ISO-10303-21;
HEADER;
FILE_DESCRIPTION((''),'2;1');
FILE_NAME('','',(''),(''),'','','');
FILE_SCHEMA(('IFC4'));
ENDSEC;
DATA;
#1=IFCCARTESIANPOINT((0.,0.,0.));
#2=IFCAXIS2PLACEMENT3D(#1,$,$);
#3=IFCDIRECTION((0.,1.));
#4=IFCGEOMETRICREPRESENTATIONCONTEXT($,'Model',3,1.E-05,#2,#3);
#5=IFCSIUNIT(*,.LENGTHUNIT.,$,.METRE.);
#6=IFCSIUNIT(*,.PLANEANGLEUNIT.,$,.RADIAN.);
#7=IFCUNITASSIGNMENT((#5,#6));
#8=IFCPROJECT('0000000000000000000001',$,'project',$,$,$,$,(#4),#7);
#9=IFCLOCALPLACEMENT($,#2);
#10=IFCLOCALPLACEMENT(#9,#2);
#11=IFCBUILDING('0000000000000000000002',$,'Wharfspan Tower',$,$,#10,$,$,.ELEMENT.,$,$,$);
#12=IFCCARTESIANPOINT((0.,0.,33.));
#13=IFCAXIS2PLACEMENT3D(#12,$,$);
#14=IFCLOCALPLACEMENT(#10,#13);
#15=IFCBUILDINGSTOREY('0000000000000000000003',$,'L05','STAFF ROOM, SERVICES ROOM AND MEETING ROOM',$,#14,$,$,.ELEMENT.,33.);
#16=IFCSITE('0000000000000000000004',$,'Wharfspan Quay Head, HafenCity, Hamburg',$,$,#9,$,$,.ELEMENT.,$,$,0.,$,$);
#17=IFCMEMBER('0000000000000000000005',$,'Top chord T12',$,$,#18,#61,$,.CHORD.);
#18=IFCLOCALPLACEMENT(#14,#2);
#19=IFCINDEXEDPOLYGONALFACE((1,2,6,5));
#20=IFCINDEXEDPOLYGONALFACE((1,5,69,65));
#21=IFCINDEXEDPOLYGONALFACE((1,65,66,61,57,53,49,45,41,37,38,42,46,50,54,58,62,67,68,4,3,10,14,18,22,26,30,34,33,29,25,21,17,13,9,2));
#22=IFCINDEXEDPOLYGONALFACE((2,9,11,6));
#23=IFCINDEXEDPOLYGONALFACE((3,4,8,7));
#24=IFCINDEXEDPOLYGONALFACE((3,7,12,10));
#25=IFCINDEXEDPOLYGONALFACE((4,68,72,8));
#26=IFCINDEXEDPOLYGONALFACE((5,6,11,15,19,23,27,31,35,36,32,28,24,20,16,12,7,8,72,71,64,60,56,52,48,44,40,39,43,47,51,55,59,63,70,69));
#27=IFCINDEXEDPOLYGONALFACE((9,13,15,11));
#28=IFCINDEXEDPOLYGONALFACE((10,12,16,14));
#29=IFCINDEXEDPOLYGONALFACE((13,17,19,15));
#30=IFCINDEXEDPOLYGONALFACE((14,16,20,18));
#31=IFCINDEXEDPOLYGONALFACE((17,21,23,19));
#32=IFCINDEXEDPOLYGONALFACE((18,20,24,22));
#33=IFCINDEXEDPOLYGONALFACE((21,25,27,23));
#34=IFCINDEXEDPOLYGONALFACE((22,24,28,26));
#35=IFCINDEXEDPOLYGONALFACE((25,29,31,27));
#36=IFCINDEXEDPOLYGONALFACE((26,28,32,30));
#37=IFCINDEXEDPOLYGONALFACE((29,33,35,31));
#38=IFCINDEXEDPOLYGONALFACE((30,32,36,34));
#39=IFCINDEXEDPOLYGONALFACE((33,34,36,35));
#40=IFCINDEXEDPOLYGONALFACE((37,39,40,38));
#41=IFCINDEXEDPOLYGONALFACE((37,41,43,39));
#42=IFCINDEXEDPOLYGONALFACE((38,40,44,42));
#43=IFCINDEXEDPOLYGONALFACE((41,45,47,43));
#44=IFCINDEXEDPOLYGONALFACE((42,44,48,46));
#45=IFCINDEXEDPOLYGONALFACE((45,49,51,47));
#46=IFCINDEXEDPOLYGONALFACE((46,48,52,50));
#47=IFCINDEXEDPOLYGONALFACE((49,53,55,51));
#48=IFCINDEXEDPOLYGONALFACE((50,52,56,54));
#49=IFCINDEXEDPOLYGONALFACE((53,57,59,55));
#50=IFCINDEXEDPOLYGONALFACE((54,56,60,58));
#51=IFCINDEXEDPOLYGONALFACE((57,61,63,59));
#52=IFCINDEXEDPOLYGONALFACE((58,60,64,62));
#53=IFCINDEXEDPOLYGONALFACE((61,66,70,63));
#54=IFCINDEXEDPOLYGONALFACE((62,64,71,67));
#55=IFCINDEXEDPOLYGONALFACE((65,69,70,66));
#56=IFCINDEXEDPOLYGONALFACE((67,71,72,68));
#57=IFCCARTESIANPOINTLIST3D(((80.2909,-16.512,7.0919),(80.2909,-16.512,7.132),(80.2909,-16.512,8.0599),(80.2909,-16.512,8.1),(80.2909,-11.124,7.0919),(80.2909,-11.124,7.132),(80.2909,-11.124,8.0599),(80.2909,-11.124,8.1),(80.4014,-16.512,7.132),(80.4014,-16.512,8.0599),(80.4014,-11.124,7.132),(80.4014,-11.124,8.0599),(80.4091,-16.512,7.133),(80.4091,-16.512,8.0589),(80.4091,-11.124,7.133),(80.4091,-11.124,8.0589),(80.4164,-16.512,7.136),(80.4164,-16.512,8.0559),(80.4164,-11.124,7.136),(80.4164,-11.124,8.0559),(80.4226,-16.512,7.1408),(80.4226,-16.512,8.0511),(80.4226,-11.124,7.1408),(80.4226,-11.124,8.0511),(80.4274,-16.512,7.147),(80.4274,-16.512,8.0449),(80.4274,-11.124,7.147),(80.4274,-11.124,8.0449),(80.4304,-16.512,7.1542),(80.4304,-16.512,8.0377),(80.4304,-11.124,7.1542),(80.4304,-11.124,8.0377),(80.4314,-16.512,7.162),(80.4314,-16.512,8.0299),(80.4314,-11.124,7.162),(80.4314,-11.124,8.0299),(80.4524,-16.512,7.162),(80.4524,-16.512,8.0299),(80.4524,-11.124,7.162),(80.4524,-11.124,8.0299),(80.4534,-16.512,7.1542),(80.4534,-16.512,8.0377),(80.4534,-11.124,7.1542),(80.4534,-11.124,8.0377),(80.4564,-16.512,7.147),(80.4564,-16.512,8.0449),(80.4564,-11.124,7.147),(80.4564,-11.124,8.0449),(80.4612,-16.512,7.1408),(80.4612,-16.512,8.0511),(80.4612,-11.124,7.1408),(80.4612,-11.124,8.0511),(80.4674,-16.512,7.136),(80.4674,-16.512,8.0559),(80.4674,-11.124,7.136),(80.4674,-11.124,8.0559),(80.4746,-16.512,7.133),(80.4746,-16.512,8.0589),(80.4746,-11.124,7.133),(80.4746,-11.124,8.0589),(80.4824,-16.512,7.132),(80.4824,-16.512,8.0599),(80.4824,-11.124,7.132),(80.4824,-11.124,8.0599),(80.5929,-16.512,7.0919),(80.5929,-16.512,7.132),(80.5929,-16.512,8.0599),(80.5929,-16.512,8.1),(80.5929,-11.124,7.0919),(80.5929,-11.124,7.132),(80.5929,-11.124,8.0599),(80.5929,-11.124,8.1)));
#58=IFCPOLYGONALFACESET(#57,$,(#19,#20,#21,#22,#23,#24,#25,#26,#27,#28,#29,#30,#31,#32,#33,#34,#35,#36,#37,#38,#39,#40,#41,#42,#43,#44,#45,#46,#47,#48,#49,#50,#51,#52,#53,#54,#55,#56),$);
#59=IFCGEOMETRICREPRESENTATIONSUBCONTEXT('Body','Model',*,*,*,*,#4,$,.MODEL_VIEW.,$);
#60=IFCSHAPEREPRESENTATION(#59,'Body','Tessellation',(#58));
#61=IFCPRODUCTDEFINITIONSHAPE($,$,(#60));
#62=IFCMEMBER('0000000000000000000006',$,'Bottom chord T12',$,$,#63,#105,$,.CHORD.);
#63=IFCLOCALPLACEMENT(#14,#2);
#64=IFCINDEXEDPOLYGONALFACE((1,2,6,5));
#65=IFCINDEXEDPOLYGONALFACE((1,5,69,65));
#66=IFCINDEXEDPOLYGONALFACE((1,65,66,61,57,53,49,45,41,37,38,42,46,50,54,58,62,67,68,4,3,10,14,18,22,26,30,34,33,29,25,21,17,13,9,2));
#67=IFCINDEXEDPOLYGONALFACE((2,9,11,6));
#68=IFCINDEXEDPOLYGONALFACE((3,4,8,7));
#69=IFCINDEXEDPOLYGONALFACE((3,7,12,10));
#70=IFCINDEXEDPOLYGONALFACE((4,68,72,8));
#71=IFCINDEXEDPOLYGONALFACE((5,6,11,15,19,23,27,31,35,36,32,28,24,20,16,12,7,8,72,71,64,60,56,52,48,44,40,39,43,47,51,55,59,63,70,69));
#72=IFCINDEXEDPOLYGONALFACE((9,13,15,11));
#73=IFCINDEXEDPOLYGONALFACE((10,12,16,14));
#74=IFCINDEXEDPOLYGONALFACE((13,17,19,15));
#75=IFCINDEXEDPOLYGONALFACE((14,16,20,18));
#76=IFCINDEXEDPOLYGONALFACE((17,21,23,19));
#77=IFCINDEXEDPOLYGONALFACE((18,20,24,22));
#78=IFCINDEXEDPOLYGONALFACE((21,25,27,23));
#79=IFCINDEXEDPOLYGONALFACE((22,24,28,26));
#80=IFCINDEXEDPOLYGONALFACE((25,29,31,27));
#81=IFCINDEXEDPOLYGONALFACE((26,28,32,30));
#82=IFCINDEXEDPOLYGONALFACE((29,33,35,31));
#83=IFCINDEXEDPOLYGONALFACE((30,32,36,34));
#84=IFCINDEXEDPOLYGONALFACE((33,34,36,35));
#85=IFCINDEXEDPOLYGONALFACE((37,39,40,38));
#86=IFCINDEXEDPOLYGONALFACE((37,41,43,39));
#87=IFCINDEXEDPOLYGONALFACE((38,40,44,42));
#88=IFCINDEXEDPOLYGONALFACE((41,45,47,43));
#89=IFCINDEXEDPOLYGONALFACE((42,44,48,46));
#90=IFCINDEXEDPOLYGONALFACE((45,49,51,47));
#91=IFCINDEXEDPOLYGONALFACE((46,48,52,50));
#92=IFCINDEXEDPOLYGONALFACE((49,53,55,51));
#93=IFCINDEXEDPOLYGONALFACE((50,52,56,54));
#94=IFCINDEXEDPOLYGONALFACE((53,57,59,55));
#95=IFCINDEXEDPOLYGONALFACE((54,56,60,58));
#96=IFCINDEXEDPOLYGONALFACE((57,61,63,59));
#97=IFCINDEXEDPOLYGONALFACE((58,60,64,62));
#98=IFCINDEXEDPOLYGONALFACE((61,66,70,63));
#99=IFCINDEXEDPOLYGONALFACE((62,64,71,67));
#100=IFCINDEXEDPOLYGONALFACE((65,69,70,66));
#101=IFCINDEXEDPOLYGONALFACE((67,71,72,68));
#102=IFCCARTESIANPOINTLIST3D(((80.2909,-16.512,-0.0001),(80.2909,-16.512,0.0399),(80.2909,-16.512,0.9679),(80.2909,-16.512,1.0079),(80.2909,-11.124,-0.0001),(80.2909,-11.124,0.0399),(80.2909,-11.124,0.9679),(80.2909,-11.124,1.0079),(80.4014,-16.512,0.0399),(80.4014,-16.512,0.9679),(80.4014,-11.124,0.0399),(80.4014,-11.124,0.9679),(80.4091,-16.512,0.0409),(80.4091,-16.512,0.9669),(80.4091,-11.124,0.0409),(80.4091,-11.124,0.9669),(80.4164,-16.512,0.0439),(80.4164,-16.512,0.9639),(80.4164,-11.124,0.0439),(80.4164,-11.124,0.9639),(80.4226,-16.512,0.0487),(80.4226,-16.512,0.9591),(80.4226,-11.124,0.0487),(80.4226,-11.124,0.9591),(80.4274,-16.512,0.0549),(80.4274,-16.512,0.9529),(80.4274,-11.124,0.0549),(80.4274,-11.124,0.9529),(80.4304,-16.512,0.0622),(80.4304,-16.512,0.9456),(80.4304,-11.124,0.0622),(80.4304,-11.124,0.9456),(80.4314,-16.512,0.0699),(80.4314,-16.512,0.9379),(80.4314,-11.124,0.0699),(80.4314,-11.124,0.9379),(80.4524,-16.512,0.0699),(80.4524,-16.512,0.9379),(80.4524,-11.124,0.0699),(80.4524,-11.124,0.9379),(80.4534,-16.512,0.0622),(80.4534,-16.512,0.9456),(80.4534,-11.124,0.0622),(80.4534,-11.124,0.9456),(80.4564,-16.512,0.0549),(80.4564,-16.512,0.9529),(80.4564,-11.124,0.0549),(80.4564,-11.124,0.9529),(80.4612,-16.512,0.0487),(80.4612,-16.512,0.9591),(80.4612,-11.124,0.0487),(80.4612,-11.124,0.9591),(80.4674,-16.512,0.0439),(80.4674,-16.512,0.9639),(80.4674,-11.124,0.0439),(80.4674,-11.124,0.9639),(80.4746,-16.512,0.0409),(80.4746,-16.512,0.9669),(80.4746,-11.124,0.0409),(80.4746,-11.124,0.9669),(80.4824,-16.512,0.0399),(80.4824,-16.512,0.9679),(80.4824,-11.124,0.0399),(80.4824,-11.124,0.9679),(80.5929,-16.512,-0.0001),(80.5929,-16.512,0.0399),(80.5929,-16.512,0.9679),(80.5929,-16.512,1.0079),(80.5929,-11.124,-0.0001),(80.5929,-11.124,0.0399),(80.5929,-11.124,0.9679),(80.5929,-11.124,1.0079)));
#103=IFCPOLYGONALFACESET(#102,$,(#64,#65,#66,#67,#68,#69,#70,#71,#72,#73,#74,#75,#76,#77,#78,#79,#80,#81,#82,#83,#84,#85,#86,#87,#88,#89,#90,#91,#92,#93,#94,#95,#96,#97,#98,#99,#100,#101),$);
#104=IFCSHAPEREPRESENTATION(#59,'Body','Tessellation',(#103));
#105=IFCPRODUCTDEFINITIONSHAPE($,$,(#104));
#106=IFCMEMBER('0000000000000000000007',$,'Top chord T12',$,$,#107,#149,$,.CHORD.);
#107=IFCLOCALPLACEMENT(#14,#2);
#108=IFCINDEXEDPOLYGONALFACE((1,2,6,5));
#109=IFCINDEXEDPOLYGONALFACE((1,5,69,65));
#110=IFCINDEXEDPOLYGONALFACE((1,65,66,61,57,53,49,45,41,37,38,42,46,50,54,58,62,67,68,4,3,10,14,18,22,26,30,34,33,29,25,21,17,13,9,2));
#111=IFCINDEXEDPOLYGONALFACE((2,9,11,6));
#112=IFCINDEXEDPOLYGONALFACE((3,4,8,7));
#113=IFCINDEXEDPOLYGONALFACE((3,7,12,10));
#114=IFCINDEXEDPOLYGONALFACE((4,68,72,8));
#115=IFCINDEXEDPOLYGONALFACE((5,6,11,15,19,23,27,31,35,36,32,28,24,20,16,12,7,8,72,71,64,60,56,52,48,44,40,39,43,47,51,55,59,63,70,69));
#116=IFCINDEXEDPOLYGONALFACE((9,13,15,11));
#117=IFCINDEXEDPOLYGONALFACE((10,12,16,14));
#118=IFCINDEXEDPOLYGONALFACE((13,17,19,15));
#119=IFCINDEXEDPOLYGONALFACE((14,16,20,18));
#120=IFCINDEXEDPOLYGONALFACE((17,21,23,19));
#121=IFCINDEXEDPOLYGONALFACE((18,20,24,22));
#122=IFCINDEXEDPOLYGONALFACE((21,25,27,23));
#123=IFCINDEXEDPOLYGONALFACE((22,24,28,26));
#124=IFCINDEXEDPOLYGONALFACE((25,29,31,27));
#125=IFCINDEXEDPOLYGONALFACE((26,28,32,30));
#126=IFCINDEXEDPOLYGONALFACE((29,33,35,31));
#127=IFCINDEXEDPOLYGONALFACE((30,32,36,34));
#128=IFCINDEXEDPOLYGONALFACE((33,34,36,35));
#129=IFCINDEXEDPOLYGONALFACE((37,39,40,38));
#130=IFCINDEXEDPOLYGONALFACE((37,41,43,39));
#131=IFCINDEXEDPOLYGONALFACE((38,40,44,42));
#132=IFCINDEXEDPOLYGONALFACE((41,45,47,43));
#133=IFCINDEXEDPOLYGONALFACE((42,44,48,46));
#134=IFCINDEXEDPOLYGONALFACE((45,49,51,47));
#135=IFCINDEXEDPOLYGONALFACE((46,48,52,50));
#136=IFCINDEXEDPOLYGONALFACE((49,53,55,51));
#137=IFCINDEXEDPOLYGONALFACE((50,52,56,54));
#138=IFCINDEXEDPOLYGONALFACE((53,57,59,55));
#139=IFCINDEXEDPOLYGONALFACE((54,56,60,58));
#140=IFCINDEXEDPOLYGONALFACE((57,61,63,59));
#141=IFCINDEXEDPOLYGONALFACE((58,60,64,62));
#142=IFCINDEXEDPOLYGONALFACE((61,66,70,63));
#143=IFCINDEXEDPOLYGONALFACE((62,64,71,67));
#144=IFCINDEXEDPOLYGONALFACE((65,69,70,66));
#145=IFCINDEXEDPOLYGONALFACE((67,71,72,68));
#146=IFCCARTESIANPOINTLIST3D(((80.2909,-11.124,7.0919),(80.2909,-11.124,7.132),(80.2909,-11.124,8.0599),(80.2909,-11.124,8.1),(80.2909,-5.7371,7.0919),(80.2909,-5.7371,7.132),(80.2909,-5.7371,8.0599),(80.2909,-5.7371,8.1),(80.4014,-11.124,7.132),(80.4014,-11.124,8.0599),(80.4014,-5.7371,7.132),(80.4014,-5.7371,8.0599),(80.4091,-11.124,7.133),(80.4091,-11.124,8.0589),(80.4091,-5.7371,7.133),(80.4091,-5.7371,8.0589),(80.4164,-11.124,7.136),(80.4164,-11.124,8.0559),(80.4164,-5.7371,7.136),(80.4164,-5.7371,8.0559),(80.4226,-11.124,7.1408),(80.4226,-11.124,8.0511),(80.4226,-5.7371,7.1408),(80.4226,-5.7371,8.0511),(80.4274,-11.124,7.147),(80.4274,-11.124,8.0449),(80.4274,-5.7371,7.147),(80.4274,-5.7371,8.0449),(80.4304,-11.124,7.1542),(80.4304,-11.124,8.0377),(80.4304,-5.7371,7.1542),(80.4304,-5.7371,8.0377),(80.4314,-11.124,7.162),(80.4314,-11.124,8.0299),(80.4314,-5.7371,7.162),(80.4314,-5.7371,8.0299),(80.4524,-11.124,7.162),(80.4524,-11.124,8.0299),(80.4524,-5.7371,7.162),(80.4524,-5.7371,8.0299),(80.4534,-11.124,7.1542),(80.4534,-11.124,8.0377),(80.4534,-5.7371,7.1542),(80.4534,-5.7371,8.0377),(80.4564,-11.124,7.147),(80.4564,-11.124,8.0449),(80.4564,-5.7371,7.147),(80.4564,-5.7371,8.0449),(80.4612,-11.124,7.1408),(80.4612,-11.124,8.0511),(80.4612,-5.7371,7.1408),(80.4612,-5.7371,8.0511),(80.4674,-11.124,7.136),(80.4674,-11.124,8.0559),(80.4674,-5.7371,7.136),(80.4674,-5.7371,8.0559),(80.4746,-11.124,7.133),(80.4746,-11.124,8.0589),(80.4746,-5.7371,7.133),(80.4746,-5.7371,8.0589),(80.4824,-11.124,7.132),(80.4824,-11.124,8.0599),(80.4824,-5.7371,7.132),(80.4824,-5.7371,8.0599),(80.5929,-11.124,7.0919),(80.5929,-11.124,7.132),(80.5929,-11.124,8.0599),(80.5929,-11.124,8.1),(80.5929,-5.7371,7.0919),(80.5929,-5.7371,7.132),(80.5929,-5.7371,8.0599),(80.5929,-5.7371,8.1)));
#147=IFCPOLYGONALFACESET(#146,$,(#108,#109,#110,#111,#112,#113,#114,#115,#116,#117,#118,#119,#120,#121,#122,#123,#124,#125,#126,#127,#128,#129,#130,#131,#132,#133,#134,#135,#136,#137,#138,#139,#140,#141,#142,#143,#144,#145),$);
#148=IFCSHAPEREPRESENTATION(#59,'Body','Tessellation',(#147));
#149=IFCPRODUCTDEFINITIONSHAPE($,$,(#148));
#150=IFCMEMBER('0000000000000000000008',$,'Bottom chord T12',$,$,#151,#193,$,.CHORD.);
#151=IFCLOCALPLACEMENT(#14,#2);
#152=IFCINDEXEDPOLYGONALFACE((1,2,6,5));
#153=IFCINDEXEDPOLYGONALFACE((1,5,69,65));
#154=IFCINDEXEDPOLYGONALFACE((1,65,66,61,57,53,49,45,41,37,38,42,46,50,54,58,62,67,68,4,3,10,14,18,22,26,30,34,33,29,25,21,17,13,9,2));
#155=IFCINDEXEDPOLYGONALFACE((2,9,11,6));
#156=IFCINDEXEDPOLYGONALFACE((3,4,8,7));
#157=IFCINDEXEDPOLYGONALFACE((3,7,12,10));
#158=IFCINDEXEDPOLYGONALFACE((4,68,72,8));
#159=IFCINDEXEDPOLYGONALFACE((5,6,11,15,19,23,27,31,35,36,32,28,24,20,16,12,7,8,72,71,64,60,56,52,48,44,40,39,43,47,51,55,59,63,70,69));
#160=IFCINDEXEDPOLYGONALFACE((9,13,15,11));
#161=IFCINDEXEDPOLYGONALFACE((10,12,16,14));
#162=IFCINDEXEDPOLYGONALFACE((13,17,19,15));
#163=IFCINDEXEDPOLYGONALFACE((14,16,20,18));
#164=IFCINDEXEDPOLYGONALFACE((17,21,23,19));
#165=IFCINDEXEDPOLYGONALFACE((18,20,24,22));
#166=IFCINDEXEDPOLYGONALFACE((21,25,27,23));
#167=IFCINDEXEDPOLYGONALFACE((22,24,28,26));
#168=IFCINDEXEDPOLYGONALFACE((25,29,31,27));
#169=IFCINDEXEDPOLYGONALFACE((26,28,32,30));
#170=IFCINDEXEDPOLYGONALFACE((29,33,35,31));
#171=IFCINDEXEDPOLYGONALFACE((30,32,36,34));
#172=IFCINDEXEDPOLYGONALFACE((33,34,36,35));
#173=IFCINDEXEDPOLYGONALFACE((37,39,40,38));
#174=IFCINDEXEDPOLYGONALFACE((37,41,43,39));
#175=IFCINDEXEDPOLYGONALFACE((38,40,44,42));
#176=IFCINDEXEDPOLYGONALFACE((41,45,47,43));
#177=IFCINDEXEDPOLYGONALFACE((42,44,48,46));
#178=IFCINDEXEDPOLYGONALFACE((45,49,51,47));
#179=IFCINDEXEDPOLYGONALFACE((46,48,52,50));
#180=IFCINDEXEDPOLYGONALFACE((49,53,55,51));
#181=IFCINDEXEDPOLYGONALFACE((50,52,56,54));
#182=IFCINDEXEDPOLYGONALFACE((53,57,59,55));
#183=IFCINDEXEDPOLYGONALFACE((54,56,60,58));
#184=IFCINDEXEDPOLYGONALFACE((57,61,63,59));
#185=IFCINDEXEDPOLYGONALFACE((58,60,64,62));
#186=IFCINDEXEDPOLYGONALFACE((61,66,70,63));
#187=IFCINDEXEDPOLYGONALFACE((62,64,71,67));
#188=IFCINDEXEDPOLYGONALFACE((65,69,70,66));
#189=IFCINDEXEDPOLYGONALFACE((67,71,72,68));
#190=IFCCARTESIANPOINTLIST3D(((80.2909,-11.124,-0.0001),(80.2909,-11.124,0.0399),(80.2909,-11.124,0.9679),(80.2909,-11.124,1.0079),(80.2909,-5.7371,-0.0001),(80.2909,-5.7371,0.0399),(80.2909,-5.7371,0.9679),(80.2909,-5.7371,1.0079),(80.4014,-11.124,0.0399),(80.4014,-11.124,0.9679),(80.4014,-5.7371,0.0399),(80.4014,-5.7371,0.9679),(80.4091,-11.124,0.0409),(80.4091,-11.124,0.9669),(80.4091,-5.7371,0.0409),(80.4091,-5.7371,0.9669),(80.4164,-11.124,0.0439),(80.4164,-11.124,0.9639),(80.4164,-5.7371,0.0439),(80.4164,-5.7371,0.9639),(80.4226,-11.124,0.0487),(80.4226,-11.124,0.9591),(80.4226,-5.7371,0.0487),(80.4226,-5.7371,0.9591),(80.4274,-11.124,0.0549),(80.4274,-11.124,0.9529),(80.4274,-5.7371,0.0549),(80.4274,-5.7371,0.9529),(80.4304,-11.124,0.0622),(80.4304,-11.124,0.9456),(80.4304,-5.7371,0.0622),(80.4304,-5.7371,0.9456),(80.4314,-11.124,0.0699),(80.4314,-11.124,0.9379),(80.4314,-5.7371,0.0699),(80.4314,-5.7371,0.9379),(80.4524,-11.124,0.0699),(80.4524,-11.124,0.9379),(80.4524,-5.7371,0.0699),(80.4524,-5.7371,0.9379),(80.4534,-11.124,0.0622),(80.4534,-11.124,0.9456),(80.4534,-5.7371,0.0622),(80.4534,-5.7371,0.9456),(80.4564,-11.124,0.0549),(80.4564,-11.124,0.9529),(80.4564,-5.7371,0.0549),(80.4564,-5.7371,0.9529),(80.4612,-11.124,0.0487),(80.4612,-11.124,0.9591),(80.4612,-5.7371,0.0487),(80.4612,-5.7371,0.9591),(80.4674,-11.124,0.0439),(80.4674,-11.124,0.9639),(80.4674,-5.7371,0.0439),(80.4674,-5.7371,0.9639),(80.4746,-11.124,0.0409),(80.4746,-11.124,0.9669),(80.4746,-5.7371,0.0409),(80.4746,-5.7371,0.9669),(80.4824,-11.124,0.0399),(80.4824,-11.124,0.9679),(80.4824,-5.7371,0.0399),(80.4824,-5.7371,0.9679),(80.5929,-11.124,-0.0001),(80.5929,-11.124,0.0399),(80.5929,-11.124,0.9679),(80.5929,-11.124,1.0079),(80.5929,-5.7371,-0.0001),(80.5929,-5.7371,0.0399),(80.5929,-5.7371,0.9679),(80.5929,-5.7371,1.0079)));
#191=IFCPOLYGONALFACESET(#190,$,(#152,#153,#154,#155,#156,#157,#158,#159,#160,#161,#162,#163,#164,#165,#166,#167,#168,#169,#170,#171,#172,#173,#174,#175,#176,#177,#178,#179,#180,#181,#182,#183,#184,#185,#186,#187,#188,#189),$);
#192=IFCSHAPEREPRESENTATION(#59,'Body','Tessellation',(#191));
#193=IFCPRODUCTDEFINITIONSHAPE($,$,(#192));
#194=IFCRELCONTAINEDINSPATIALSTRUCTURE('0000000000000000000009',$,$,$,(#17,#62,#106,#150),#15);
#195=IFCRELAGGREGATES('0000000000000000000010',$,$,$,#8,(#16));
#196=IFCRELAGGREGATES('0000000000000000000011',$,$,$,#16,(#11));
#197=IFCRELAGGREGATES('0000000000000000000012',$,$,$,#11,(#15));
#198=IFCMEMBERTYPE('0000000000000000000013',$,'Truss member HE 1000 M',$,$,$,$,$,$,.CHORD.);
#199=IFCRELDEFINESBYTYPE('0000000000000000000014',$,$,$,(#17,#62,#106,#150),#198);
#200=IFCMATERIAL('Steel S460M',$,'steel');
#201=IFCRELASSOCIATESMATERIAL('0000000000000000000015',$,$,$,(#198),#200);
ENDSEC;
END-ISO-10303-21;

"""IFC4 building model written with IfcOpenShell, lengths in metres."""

from ifc_helpers import new_model, si_unit, direction, frame, origin, origin_2d, place, context, subcontext, project, spatial, i_section, extrude, material, material_profile, profile_set, type_object, element, save


model = new_model("IFC4")

# Units and contexts
model_context = context("Model", 3, precision=1e-05, world=origin(), true_north=direction((0.0, 1.0)))
body_context = subcontext(model_context, "Body", "Model", "MODEL_VIEW")
ifc_project = project(units=[si_unit("LENGTHUNIT", "METRE"), si_unit("PLANEANGLEUNIT", "RADIAN")], contexts=[model_context])

# Site, building, storey
site_placement = place(None, origin())
site = spatial("IfcSite", under=ifc_project, at=site_placement, Name="Wharfspan Quay Head, HafenCity, Hamburg", CompositionType="ELEMENT", RefElevation=0.0)
building_placement = place(site_placement, origin())
building = spatial("IfcBuilding", under=site, at=building_placement, Name="Wharfspan Tower", CompositionType="ELEMENT")
storey_placement = place(building_placement, frame((0.0, 0.0, 33.0)))
storey = spatial("IfcBuildingStorey", under=building, at=storey_placement, Name="L05", Description="STAFF ROOM, SERVICES ROOM AND MEETING ROOM", CompositionType="ELEMENT", Elevation=33.0)

# Members
ifc_material_1 = material(Name="Steel S460M", Category="steel")
ifc_material_profile_1 = material_profile(ifc_material_1, i_section(OverallWidth=0.302, OverallDepth=1.0081, WebThickness=0.021, FlangeThickness=0.04, FilletRadius=0.03, at=origin_2d()))
ifc_profile_set_1 = profile_set([ifc_material_profile_1], Name="Steel S460M")
member_type_1 = type_object("IfcMemberType", Name="Truss member HE 1000 M", PredefinedType="CHORD", material=ifc_profile_set_1)
for number, where, z_axis, x_axis, name in (
    (1, (80.4419, -16.512, 7.5959), (0.0, 1.0, 0.0), (-1.0, 0.0, 0.0), "Top chord T12"),
    (2, (80.4419, -16.512, 0.5039), (0.0, 1.0, 0.0), (-1.0, 0.0, 0.0), "Bottom chord T12"),
):
    element("IfcMember", number, at=place(storey_placement, frame(where, z_axis=z_axis, x_axis=x_axis)), inside=storey, type_object=member_type_1, Name=name, PredefinedType="CHORD", context=body_context, shape_type="SweptSolid", body=[
        extrude(i_section(OverallWidth=0.302, OverallDepth=1.0081, WebThickness=0.021, FlangeThickness=0.04, FilletRadius=0.03, at=origin_2d()), origin(), (0.0, 0.0, 1.0), 5.3879),
    ])
for number, where, z_axis, x_axis, name in (
    (3, (80.4419, -11.124, 7.5959), (0.0, 1.0, 0.0), (-1.0, 0.0, 0.0), "Top chord T12"),
    (4, (80.4419, -11.124, 0.5039), (0.0, 1.0, 0.0), (-1.0, 0.0, 0.0), "Bottom chord T12"),
):
    element("IfcMember", number, at=place(storey_placement, frame(where, z_axis=z_axis, x_axis=x_axis)), inside=storey, type_object=member_type_1, Name=name, PredefinedType="CHORD", context=body_context, shape_type="SweptSolid", body=[
        extrude(i_section(OverallWidth=0.302, OverallDepth=1.0081, WebThickness=0.021, FlangeThickness=0.04, FilletRadius=0.03, at=origin_2d()), origin(), (0.0, 0.0, 1.0), 5.387),
    ])

save(model, "model.ifc")
